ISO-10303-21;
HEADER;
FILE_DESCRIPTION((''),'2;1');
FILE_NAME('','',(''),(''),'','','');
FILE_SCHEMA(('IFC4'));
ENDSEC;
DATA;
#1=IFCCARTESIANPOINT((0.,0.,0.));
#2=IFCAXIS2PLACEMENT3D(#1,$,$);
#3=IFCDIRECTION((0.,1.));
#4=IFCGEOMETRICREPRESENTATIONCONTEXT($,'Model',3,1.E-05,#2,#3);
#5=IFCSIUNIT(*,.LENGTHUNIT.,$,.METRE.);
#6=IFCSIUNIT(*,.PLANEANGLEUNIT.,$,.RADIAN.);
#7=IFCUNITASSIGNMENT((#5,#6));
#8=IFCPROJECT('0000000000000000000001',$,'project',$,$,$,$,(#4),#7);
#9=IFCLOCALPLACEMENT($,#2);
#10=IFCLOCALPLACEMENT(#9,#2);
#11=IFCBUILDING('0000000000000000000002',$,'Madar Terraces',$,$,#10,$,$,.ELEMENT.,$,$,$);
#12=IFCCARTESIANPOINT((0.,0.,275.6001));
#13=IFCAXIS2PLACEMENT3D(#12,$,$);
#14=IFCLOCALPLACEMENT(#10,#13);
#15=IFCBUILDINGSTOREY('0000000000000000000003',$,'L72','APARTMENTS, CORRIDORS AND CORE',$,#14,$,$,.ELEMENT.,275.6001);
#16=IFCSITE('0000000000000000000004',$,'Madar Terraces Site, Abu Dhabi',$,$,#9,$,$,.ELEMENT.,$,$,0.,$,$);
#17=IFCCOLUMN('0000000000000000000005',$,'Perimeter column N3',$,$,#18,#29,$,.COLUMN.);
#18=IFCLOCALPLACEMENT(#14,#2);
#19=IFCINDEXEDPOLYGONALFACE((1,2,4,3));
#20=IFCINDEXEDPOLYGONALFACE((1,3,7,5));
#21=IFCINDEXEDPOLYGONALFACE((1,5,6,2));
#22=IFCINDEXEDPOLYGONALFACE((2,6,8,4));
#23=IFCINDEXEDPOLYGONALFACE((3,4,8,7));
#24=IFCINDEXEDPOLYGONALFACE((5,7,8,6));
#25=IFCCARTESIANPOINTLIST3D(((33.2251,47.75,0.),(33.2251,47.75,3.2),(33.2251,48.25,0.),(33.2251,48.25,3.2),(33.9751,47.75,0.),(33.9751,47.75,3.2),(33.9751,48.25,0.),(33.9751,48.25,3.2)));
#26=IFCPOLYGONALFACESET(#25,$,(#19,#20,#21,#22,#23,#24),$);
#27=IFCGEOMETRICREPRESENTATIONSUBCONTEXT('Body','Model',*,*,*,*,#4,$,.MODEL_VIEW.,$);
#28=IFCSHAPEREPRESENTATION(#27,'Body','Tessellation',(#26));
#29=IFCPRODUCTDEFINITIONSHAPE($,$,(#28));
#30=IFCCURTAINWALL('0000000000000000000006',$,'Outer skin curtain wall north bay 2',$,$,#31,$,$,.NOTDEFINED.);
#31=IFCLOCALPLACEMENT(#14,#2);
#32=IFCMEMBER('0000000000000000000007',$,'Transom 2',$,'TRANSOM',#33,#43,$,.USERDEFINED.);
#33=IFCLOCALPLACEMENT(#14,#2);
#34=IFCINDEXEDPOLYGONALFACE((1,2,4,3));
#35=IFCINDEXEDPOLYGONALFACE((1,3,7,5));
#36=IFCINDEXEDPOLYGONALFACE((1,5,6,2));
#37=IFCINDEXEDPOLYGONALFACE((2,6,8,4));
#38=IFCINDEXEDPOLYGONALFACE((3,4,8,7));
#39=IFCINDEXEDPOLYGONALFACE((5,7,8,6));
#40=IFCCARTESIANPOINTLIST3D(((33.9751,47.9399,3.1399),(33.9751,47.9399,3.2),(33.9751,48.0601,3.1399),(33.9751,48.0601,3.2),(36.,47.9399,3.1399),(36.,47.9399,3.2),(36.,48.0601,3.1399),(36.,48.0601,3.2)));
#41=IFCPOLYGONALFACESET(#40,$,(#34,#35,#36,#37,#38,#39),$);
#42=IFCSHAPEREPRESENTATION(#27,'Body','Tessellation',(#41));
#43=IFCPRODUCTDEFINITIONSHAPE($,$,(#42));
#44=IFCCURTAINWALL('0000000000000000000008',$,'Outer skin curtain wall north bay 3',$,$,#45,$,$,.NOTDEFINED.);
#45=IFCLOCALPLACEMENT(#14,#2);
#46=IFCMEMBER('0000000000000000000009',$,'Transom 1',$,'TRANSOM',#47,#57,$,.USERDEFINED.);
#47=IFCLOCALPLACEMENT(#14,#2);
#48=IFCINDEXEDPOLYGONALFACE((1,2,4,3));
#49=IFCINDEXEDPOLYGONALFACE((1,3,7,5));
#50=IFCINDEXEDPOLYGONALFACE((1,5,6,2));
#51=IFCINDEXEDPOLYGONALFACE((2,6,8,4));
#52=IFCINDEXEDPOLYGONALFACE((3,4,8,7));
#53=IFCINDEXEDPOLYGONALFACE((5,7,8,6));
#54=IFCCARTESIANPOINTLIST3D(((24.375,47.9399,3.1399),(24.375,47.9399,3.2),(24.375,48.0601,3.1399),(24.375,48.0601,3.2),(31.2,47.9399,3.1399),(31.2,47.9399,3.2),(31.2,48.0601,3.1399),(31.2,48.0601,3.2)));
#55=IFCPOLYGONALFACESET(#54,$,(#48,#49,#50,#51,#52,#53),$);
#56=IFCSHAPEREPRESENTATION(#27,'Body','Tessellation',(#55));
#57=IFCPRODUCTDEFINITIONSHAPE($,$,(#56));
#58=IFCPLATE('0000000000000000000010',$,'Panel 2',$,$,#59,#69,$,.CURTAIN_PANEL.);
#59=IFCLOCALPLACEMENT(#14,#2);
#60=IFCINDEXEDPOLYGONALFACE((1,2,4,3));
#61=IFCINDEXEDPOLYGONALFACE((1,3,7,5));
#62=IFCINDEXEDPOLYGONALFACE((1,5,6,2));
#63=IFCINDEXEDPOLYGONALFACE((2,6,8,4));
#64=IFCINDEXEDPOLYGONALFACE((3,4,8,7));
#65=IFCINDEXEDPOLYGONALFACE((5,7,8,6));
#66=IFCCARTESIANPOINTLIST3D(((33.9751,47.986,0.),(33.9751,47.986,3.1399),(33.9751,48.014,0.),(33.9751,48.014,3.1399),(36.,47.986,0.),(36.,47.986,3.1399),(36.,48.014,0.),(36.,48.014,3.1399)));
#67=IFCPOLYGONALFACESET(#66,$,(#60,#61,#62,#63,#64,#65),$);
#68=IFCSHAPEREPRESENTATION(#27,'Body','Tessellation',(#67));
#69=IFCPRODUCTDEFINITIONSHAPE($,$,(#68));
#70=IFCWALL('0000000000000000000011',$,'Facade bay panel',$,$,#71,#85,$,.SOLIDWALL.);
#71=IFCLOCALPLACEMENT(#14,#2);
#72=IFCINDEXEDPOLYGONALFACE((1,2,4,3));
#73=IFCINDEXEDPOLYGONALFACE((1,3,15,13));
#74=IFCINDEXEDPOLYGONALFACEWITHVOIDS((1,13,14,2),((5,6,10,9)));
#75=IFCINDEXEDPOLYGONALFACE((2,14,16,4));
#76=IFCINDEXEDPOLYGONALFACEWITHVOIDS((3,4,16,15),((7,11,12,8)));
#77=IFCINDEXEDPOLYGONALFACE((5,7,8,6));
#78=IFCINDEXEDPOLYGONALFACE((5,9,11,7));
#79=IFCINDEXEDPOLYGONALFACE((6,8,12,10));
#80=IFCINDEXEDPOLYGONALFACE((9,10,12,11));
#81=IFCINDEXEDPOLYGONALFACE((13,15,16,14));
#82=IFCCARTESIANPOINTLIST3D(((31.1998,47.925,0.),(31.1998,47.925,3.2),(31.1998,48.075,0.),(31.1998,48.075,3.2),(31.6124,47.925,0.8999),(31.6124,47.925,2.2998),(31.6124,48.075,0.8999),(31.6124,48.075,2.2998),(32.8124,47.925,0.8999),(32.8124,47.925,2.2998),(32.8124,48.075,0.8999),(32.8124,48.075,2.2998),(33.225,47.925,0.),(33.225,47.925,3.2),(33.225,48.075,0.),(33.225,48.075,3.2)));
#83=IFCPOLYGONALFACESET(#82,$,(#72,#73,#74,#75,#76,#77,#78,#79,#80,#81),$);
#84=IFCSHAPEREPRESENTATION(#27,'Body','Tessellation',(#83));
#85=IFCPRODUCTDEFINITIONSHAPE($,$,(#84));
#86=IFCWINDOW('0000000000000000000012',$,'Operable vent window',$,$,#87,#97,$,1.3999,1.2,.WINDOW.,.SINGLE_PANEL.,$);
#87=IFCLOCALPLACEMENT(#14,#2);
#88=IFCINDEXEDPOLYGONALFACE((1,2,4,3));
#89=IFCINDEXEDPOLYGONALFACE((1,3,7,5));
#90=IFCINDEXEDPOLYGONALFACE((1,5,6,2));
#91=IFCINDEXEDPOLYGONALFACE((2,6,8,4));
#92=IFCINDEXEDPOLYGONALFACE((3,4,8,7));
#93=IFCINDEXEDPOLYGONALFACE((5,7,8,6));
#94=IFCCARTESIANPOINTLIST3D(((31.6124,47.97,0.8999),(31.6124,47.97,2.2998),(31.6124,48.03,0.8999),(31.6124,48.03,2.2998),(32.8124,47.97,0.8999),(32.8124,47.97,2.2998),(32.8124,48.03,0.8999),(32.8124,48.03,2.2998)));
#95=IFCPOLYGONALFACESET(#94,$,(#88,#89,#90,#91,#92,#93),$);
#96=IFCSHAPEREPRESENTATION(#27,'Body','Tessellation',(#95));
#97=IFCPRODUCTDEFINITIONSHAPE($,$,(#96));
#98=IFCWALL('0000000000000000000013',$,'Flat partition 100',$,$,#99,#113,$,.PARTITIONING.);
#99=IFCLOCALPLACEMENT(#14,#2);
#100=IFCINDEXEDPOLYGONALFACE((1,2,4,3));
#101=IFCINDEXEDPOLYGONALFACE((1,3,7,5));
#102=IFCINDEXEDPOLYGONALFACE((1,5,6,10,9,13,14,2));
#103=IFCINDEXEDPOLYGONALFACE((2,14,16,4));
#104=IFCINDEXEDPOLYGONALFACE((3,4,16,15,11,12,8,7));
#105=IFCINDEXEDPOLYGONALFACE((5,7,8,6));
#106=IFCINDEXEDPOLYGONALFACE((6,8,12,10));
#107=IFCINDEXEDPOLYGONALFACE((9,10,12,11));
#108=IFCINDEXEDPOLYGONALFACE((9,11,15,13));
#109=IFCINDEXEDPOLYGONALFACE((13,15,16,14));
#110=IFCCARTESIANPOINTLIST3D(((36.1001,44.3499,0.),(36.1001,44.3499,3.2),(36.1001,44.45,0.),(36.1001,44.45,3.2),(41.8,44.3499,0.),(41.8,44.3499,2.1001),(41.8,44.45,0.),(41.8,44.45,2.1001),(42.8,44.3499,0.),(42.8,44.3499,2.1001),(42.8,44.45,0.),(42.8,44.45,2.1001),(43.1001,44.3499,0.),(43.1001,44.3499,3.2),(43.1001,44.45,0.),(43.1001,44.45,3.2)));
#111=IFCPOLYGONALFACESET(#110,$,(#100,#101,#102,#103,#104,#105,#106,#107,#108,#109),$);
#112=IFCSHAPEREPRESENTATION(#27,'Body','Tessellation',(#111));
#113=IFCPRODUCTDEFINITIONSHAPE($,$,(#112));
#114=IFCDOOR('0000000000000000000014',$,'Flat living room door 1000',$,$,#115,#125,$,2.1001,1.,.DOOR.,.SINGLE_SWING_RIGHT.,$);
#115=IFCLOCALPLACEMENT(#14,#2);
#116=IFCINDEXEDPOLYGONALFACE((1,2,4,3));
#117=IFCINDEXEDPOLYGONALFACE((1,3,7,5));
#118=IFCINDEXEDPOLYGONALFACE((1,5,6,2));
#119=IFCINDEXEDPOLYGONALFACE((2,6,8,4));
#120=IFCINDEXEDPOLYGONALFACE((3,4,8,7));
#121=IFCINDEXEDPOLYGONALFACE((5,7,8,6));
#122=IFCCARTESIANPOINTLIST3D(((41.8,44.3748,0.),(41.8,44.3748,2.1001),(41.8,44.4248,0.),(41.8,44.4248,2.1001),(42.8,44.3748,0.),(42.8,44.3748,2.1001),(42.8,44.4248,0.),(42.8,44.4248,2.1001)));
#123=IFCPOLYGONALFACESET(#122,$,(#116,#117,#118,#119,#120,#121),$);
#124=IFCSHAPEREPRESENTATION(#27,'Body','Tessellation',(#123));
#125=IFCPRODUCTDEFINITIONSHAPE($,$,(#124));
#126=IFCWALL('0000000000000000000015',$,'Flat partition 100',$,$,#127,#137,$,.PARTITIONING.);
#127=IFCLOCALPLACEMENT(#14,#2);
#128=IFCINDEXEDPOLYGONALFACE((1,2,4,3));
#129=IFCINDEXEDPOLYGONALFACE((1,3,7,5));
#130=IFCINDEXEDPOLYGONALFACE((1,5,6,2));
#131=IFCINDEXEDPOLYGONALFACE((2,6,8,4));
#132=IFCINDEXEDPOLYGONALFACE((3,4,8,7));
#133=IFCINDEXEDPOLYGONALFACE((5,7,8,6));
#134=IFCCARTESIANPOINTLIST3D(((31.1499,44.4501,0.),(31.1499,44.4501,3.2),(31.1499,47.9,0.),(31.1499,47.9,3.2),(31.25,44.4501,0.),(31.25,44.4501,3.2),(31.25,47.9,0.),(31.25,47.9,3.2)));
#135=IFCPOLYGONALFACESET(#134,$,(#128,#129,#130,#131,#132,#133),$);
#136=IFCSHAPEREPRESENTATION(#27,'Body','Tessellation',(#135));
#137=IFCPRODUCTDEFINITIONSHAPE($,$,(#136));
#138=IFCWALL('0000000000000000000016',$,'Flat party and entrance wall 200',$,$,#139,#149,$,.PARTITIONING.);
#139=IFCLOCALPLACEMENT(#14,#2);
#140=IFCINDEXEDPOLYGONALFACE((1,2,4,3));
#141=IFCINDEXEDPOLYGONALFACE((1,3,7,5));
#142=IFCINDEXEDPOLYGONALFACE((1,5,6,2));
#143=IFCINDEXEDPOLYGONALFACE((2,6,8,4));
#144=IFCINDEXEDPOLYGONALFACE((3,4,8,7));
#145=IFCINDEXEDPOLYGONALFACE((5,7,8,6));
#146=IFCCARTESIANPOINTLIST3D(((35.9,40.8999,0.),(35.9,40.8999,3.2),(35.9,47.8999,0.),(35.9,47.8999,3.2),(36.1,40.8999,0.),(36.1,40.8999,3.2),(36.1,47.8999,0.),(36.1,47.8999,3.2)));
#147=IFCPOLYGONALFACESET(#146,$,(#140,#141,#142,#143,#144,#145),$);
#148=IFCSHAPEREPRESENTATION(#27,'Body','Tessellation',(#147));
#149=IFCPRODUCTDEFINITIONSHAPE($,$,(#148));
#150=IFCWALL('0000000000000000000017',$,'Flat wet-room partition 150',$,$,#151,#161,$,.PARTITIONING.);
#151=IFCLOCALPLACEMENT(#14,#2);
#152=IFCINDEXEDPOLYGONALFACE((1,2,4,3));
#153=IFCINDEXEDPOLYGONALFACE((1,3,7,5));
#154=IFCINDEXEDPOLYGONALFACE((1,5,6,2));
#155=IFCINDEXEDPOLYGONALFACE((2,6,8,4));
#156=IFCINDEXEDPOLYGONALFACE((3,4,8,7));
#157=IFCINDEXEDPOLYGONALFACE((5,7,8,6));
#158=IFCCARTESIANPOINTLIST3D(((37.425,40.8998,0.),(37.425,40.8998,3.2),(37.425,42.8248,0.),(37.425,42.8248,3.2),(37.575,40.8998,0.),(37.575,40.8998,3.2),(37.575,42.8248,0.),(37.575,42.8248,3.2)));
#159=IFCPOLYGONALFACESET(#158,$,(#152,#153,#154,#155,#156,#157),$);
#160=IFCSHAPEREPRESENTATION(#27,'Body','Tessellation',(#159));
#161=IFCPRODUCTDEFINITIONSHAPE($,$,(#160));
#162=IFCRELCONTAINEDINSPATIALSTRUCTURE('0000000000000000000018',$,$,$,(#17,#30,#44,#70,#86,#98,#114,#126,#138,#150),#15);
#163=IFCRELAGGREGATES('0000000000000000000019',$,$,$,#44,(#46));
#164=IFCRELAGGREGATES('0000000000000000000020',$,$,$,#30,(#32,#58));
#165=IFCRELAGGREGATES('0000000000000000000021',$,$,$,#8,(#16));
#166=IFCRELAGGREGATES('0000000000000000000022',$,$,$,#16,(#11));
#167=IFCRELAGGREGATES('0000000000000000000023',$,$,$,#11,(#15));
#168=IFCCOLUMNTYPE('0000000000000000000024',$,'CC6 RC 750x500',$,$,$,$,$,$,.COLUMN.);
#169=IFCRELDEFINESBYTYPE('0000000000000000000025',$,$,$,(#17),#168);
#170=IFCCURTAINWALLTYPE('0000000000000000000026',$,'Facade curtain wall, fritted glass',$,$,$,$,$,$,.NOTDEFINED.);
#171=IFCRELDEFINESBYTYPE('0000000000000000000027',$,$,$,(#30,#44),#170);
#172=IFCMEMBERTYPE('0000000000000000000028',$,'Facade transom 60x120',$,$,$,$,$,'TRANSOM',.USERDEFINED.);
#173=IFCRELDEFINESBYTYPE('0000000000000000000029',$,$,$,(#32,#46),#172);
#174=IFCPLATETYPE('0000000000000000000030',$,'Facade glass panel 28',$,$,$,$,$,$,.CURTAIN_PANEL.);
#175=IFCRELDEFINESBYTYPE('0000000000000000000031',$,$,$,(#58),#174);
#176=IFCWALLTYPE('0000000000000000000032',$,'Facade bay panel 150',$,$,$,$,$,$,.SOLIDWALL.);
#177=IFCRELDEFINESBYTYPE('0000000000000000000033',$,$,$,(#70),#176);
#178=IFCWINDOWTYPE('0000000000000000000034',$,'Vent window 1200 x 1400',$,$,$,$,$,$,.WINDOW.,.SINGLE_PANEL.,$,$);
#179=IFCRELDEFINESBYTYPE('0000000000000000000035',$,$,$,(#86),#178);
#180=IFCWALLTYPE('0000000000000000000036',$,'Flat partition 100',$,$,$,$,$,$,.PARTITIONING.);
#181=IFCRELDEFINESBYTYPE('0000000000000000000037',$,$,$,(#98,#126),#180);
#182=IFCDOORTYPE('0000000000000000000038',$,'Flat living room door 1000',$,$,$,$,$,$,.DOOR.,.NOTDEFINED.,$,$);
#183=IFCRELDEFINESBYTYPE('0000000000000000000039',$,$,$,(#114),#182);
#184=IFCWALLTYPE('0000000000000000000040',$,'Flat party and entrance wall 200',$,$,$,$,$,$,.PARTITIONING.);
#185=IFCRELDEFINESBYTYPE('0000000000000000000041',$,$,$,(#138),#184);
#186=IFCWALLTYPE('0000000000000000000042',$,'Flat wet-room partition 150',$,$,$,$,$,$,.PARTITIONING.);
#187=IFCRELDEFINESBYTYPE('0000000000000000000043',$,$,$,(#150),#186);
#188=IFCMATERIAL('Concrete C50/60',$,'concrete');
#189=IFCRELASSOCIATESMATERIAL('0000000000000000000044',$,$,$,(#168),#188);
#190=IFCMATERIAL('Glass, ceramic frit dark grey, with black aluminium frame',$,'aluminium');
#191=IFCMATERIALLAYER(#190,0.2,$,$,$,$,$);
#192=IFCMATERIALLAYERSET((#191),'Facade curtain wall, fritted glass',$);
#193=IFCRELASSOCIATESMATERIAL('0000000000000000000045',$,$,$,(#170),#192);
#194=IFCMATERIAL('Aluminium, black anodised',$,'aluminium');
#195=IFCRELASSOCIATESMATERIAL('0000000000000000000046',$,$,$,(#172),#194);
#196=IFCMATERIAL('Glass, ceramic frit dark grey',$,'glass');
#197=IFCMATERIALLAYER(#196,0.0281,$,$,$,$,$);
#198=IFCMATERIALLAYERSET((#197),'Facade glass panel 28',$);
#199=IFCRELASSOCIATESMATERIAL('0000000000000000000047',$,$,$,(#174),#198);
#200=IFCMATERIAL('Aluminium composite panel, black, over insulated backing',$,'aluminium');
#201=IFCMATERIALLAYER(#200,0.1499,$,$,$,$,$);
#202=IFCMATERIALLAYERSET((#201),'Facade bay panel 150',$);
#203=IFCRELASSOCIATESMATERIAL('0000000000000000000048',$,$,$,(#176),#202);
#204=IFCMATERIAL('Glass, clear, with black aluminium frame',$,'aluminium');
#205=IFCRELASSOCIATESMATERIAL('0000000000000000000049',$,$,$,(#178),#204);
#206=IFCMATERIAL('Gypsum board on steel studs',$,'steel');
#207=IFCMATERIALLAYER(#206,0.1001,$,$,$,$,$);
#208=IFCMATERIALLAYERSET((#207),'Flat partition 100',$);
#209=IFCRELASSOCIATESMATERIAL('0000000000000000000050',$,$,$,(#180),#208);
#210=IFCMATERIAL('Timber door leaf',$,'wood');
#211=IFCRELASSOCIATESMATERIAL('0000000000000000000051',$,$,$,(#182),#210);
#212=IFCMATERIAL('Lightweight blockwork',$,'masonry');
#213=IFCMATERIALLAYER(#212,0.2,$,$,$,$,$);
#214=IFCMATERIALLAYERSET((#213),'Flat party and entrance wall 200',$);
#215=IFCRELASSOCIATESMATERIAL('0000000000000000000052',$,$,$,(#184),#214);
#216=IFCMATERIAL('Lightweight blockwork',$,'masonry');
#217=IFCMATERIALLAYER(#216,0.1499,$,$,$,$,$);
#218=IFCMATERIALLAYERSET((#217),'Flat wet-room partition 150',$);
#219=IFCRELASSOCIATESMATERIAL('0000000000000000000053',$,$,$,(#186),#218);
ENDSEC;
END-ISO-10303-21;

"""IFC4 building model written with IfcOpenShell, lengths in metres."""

from ifc_helpers import new_model, si_unit, direction, frame, frame_2d, origin, origin_2d, place, context, subcontext, project, spatial, rectangle, extrude, material, layer, layer_set, material_profile, profile_set, type_object, element, fill, aggregate, save


model = new_model("IFC4")

# Units and contexts
model_context = context("Model", 3, precision=1e-05, world=origin(), true_north=direction((0.0, 1.0)))
body_context = subcontext(model_context, "Body", "Model", "MODEL_VIEW")
ifc_project = project(units=[si_unit("LENGTHUNIT", "METRE"), si_unit("PLANEANGLEUNIT", "RADIAN")], contexts=[model_context])

# Site, building, storey
site_placement = place(None, origin())
site = spatial("IfcSite", under=ifc_project, at=site_placement, Name="Madar Terraces Site, Abu Dhabi", CompositionType="ELEMENT", RefElevation=0.0)
building_placement = place(site_placement, origin())
building = spatial("IfcBuilding", under=site, at=building_placement, Name="Madar Terraces", CompositionType="ELEMENT")
storey_placement = place(building_placement, frame((0.0, 0.0, 275.6001)))
storey = spatial("IfcBuildingStorey", under=building, at=storey_placement, Name="L72", Description="APARTMENTS, CORRIDORS AND CORE", CompositionType="ELEMENT", Elevation=275.6001)

# Column
ifc_material_1 = material(Name="Concrete C50/60", Category="concrete")
ifc_material_profile_1 = material_profile(ifc_material_1, rectangle(XDim=0.75, YDim=0.5, at=origin_2d()), Name="CC6 RC 750x500")
ifc_profile_set_1 = profile_set([ifc_material_profile_1], Name="Concrete C50/60")
column_type = type_object("IfcColumnType", Name="CC6 RC 750x500", PredefinedType="COLUMN", material=ifc_profile_set_1)
column_placement = place(storey_placement, frame((33.6001, 48.0, 0.0), z_axis=(0.0, 0.0, 1.0), x_axis=(1.0, 0.0, 0.0)))
element("IfcColumn", 1, at=column_placement, inside=storey, type_object=column_type, Name="Perimeter column N3", PredefinedType="COLUMN", context=body_context, shape_type="SweptSolid", body=[
    extrude(rectangle(XDim=0.75, YDim=0.5, at=origin_2d()), origin(), (0.0, 0.0, 1.0), 3.2),
])

# Curtain walls, members
ifc_material_2 = material(Name="Glass, ceramic frit dark grey, with black aluminium frame", Category="aluminium")
ifc_layer_1 = layer(ifc_material_2, 0.2)
ifc_layer_set_1 = layer_set([ifc_layer_1], Name="Facade curtain wall, fritted glass")
curtain_wall_type = type_object("IfcCurtainWallType", Name="Facade curtain wall, fritted glass", PredefinedType="NOTDEFINED", material=ifc_layer_set_1)
curtain_wall_1_placement = place(storey_placement, origin())
curtain_wall_1 = element("IfcCurtainWall", 2, at=curtain_wall_1_placement, inside=storey, type_object=curtain_wall_type, Name="Outer skin curtain wall north bay 2", PredefinedType="NOTDEFINED")
ifc_material_3 = material(Name="Aluminium, black anodised", Category="aluminium")
ifc_material_profile_2 = material_profile(ifc_material_3, rectangle(XDim=0.1201, YDim=0.0601, at=origin_2d()), Name="Facade transom 60x120")
ifc_profile_set_2 = profile_set([ifc_material_profile_2], Name="Aluminium, black anodised")
member_type = type_object("IfcMemberType", Name="Facade transom 60x120", ElementType="TRANSOM", PredefinedType="USERDEFINED", material=ifc_profile_set_2)
member_1_placement = place(storey_placement, frame((36.0, 48.0, 3.1699), z_axis=(-1.0, 0.0, 0.0), x_axis=(0.0, -1.0, 0.0)))
member_1 = element("IfcMember", 3, at=member_1_placement, type_object=member_type, Name="Transom 2", ObjectType="TRANSOM", PredefinedType="USERDEFINED", context=body_context, shape_type="SweptSolid", body=[
    extrude(rectangle(XDim=0.1201, YDim=0.0601, at=origin_2d()), origin(), (0.0, 0.0, 1.0), 2.0249),
])
curtain_wall_2_placement = place(storey_placement, origin())
curtain_wall_2 = element("IfcCurtainWall", 4, at=curtain_wall_2_placement, inside=storey, type_object=curtain_wall_type, Name="Outer skin curtain wall north bay 3", PredefinedType="NOTDEFINED")
member_2_placement = place(storey_placement, frame((31.2, 48.0, 3.1699), z_axis=(-1.0, 0.0, 0.0), x_axis=(0.0, -1.0, 0.0)))
member_2 = element("IfcMember", 5, at=member_2_placement, type_object=member_type, Name="Transom 1", ObjectType="TRANSOM", PredefinedType="USERDEFINED", context=body_context, shape_type="SweptSolid", body=[
    extrude(rectangle(XDim=0.1201, YDim=0.0601, at=origin_2d()), origin(), (0.0, 0.0, 1.0), 6.825),
])
aggregate(curtain_wall_2, [member_2])

# Plate
ifc_material_4 = material(Name="Glass, ceramic frit dark grey", Category="glass")
ifc_layer_2 = layer(ifc_material_4, 0.0281)
ifc_layer_set_2 = layer_set([ifc_layer_2], Name="Facade glass panel 28")
plate_type = type_object("IfcPlateType", Name="Facade glass panel 28", PredefinedType="CURTAIN_PANEL", material=ifc_layer_set_2)
plate_placement = place(storey_placement, frame((34.9875, 48.0, 0.0), z_axis=(0.0, 0.0, 1.0), x_axis=(-1.0, 0.0, 0.0)))
plate = element("IfcPlate", 6, at=plate_placement, type_object=plate_type, Name="Panel 2", PredefinedType="CURTAIN_PANEL", context=body_context, shape_type="SweptSolid", body=[
    extrude(rectangle(XDim=2.0249, YDim=0.0281, at=origin_2d()), origin(), (0.0, 0.0, 1.0), 3.1399),
])
aggregate(curtain_wall_1, [member_1, plate])

# Shared definitions
ifc_material_5 = material(Name="Aluminium composite panel, black, over insulated backing", Category="aluminium")
ifc_layer_3 = layer(ifc_material_5, 0.1499)
ifc_layer_set_3 = layer_set([ifc_layer_3], Name="Facade bay panel 150")
wall_type_1 = type_object("IfcWallType", Name="Facade bay panel 150", PredefinedType="SOLIDWALL", material=ifc_layer_set_3)

# Wall, opening, window
wall_1_placement = place(storey_placement, frame((33.2251, 48.0, 0.0), z_axis=(0.0, 0.0, 1.0), x_axis=(-1.0, 0.0, 0.0)))
wall_1 = element("IfcWall", 7, at=wall_1_placement, inside=storey, type_object=wall_type_1, Name="Facade bay panel", PredefinedType="SOLIDWALL", context=body_context, shape_type="SweptSolid", body=[
    extrude(rectangle(XDim=2.0251, YDim=0.1499, at=frame_2d((1.0127, 0.0))), origin(), (0.0, 0.0, 1.0), 3.2),
])
opening_1_placement = place(wall_1_placement, frame((0.4126, 0.0, 0.8999)))
opening_1 = element("IfcOpeningElement", 8, at=opening_1_placement, cuts=wall_1, PredefinedType="OPENING", context=body_context, shape_type="SweptSolid", body=[
    extrude(rectangle(XDim=1.2, YDim=1.3999, at=frame_2d((0.6001, 0.7))), frame((0.0, 0.085, 0.0), z_axis=(0.0, -1.0, 0.0), x_axis=(1.0, 0.0, 0.0)), (0.0, 0.0, 1.0), 0.1699),
])
ifc_material_6 = material(Name="Glass, clear, with black aluminium frame", Category="aluminium")
window_type = type_object("IfcWindowType", Name="Vent window 1200 x 1400", PartitioningType="SINGLE_PANEL", PredefinedType="WINDOW", material=ifc_material_6)
window_placement = place(opening_1_placement, origin())
window = element("IfcWindow", 9, at=window_placement, inside=storey, type_object=window_type, Name="Operable vent window", OverallHeight=1.3999, OverallWidth=1.2, PartitioningType="SINGLE_PANEL", PredefinedType="WINDOW", context=body_context, shape_type="SweptSolid", body=[
    extrude(rectangle(XDim=1.2, YDim=1.3999, at=frame_2d((0.6001, 0.7))), frame((0.0, 0.03, 0.0), z_axis=(0.0, -1.0, 0.0), x_axis=(1.0, 0.0, 0.0)), (0.0, 0.0, 1.0), 0.0601),
])
fill(opening_1, window)

# Wall, opening, door
ifc_material_7 = material(Name="Gypsum board on steel studs", Category="steel")
ifc_layer_4 = layer(ifc_material_7, 0.1001)
ifc_layer_set_4 = layer_set([ifc_layer_4], Name="Flat partition 100")
wall_type_2 = type_object("IfcWallType", Name="Flat partition 100", PredefinedType="PARTITIONING", material=ifc_layer_set_4)
wall_2_placement = place(storey_placement, frame((36.1001, 44.3999, 0.0), z_axis=(0.0, 0.0, 1.0), x_axis=(1.0, 0.0, 0.0)))
wall_2 = element("IfcWall", 10, at=wall_2_placement, inside=storey, type_object=wall_type_2, Name="Flat partition 100", PredefinedType="PARTITIONING", context=body_context, shape_type="SweptSolid", body=[
    extrude(rectangle(XDim=7.0, YDim=0.1001, at=frame_2d((3.5, 0.0))), origin(), (0.0, 0.0, 1.0), 3.2),
])
opening_2_placement = place(wall_2_placement, frame((5.7, 0.0, 0.0)))
opening_2 = element("IfcOpeningElement", 11, at=opening_2_placement, cuts=wall_2, PredefinedType="OPENING", context=body_context, shape_type="SweptSolid", body=[
    extrude(rectangle(XDim=1.0, YDim=2.1001, at=frame_2d((0.5, 1.05))), frame((0.0, 0.0601, 0.0), z_axis=(0.0, -1.0, 0.0), x_axis=(1.0, 0.0, 0.0)), (0.0, 0.0, 1.0), 0.1201),
])
ifc_material_8 = material(Name="Timber door leaf", Category="wood")
door_type_1 = type_object("IfcDoorType", Name="Flat living room door 1000", OperationType="NOTDEFINED", PredefinedType="DOOR", material=ifc_material_8)
door_1_placement = place(opening_2_placement, origin())
door_1 = element("IfcDoor", 12, at=door_1_placement, inside=storey, type_object=door_type_1, Name="Flat living room door 1000", OperationType="SINGLE_SWING_RIGHT", OverallHeight=2.1001, OverallWidth=1.0, PredefinedType="DOOR", context=body_context, shape_type="SweptSolid", body=[
    extrude(rectangle(XDim=1.0, YDim=2.1001, at=frame_2d((0.5, 1.05))), frame((0.0, 0.0249, 0.0), z_axis=(0.0, -1.0, 0.0), x_axis=(1.0, 0.0, 0.0)), (0.0, 0.0, 1.0), 0.05),
])
fill(opening_2, door_1)

# Walls
wall_3_placement = place(storey_placement, frame((31.2, 44.45, 0.0), z_axis=(0.0, 0.0, 1.0), x_axis=(0.0, 1.0, 0.0)))
element("IfcWall", 13, at=wall_3_placement, inside=storey, type_object=wall_type_2, Name="Flat partition 100", PredefinedType="PARTITIONING", context=body_context, shape_type="SweptSolid", body=[
    extrude(rectangle(XDim=3.45, YDim=0.1001, at=frame_2d((1.7251, 0.0))), origin(), (0.0, 0.0, 1.0), 3.2),
])
ifc_material_9 = material(Name="Lightweight blockwork", Category="masonry")
ifc_layer_5 = layer(ifc_material_9, 0.2)
ifc_layer_set_5 = layer_set([ifc_layer_5], Name="Flat party and entrance wall 200")
wall_type_3 = type_object("IfcWallType", Name="Flat party and entrance wall 200", PredefinedType="PARTITIONING", material=ifc_layer_set_5)
wall_4_placement = place(storey_placement, frame((36.0, 47.8999, 0.0), z_axis=(0.0, 0.0, 1.0), x_axis=(0.0, -1.0, 0.0)))
element("IfcWall", 14, at=wall_4_placement, inside=storey, type_object=wall_type_3, Name="Flat party and entrance wall 200", PredefinedType="PARTITIONING", context=body_context, shape_type="SweptSolid", body=[
    extrude(rectangle(XDim=7.0, YDim=0.2, at=frame_2d((3.5, 0.0))), origin(), (0.0, 0.0, 1.0), 3.2),
])
ifc_material_10 = material(Name="Lightweight blockwork", Category="masonry")
ifc_layer_6 = layer(ifc_material_10, 0.1499)
ifc_layer_set_6 = layer_set([ifc_layer_6], Name="Flat wet-room partition 150")
wall_type_4 = type_object("IfcWallType", Name="Flat wet-room partition 150", PredefinedType="PARTITIONING", material=ifc_layer_set_6)
wall_5_placement = place(storey_placement, frame((37.5, 40.8999, 0.0), z_axis=(0.0, 0.0, 1.0), x_axis=(0.0, 1.0, 0.0)))
element("IfcWall", 15, at=wall_5_placement, inside=storey, type_object=wall_type_4, Name="Flat wet-room partition 150", PredefinedType="PARTITIONING", context=body_context, shape_type="SweptSolid", body=[
    extrude(rectangle(XDim=1.925, YDim=0.1499, at=frame_2d((0.9624, 0.0))), origin(), (0.0, 0.0, 1.0), 3.2),
])

save(model, "model.ifc")
